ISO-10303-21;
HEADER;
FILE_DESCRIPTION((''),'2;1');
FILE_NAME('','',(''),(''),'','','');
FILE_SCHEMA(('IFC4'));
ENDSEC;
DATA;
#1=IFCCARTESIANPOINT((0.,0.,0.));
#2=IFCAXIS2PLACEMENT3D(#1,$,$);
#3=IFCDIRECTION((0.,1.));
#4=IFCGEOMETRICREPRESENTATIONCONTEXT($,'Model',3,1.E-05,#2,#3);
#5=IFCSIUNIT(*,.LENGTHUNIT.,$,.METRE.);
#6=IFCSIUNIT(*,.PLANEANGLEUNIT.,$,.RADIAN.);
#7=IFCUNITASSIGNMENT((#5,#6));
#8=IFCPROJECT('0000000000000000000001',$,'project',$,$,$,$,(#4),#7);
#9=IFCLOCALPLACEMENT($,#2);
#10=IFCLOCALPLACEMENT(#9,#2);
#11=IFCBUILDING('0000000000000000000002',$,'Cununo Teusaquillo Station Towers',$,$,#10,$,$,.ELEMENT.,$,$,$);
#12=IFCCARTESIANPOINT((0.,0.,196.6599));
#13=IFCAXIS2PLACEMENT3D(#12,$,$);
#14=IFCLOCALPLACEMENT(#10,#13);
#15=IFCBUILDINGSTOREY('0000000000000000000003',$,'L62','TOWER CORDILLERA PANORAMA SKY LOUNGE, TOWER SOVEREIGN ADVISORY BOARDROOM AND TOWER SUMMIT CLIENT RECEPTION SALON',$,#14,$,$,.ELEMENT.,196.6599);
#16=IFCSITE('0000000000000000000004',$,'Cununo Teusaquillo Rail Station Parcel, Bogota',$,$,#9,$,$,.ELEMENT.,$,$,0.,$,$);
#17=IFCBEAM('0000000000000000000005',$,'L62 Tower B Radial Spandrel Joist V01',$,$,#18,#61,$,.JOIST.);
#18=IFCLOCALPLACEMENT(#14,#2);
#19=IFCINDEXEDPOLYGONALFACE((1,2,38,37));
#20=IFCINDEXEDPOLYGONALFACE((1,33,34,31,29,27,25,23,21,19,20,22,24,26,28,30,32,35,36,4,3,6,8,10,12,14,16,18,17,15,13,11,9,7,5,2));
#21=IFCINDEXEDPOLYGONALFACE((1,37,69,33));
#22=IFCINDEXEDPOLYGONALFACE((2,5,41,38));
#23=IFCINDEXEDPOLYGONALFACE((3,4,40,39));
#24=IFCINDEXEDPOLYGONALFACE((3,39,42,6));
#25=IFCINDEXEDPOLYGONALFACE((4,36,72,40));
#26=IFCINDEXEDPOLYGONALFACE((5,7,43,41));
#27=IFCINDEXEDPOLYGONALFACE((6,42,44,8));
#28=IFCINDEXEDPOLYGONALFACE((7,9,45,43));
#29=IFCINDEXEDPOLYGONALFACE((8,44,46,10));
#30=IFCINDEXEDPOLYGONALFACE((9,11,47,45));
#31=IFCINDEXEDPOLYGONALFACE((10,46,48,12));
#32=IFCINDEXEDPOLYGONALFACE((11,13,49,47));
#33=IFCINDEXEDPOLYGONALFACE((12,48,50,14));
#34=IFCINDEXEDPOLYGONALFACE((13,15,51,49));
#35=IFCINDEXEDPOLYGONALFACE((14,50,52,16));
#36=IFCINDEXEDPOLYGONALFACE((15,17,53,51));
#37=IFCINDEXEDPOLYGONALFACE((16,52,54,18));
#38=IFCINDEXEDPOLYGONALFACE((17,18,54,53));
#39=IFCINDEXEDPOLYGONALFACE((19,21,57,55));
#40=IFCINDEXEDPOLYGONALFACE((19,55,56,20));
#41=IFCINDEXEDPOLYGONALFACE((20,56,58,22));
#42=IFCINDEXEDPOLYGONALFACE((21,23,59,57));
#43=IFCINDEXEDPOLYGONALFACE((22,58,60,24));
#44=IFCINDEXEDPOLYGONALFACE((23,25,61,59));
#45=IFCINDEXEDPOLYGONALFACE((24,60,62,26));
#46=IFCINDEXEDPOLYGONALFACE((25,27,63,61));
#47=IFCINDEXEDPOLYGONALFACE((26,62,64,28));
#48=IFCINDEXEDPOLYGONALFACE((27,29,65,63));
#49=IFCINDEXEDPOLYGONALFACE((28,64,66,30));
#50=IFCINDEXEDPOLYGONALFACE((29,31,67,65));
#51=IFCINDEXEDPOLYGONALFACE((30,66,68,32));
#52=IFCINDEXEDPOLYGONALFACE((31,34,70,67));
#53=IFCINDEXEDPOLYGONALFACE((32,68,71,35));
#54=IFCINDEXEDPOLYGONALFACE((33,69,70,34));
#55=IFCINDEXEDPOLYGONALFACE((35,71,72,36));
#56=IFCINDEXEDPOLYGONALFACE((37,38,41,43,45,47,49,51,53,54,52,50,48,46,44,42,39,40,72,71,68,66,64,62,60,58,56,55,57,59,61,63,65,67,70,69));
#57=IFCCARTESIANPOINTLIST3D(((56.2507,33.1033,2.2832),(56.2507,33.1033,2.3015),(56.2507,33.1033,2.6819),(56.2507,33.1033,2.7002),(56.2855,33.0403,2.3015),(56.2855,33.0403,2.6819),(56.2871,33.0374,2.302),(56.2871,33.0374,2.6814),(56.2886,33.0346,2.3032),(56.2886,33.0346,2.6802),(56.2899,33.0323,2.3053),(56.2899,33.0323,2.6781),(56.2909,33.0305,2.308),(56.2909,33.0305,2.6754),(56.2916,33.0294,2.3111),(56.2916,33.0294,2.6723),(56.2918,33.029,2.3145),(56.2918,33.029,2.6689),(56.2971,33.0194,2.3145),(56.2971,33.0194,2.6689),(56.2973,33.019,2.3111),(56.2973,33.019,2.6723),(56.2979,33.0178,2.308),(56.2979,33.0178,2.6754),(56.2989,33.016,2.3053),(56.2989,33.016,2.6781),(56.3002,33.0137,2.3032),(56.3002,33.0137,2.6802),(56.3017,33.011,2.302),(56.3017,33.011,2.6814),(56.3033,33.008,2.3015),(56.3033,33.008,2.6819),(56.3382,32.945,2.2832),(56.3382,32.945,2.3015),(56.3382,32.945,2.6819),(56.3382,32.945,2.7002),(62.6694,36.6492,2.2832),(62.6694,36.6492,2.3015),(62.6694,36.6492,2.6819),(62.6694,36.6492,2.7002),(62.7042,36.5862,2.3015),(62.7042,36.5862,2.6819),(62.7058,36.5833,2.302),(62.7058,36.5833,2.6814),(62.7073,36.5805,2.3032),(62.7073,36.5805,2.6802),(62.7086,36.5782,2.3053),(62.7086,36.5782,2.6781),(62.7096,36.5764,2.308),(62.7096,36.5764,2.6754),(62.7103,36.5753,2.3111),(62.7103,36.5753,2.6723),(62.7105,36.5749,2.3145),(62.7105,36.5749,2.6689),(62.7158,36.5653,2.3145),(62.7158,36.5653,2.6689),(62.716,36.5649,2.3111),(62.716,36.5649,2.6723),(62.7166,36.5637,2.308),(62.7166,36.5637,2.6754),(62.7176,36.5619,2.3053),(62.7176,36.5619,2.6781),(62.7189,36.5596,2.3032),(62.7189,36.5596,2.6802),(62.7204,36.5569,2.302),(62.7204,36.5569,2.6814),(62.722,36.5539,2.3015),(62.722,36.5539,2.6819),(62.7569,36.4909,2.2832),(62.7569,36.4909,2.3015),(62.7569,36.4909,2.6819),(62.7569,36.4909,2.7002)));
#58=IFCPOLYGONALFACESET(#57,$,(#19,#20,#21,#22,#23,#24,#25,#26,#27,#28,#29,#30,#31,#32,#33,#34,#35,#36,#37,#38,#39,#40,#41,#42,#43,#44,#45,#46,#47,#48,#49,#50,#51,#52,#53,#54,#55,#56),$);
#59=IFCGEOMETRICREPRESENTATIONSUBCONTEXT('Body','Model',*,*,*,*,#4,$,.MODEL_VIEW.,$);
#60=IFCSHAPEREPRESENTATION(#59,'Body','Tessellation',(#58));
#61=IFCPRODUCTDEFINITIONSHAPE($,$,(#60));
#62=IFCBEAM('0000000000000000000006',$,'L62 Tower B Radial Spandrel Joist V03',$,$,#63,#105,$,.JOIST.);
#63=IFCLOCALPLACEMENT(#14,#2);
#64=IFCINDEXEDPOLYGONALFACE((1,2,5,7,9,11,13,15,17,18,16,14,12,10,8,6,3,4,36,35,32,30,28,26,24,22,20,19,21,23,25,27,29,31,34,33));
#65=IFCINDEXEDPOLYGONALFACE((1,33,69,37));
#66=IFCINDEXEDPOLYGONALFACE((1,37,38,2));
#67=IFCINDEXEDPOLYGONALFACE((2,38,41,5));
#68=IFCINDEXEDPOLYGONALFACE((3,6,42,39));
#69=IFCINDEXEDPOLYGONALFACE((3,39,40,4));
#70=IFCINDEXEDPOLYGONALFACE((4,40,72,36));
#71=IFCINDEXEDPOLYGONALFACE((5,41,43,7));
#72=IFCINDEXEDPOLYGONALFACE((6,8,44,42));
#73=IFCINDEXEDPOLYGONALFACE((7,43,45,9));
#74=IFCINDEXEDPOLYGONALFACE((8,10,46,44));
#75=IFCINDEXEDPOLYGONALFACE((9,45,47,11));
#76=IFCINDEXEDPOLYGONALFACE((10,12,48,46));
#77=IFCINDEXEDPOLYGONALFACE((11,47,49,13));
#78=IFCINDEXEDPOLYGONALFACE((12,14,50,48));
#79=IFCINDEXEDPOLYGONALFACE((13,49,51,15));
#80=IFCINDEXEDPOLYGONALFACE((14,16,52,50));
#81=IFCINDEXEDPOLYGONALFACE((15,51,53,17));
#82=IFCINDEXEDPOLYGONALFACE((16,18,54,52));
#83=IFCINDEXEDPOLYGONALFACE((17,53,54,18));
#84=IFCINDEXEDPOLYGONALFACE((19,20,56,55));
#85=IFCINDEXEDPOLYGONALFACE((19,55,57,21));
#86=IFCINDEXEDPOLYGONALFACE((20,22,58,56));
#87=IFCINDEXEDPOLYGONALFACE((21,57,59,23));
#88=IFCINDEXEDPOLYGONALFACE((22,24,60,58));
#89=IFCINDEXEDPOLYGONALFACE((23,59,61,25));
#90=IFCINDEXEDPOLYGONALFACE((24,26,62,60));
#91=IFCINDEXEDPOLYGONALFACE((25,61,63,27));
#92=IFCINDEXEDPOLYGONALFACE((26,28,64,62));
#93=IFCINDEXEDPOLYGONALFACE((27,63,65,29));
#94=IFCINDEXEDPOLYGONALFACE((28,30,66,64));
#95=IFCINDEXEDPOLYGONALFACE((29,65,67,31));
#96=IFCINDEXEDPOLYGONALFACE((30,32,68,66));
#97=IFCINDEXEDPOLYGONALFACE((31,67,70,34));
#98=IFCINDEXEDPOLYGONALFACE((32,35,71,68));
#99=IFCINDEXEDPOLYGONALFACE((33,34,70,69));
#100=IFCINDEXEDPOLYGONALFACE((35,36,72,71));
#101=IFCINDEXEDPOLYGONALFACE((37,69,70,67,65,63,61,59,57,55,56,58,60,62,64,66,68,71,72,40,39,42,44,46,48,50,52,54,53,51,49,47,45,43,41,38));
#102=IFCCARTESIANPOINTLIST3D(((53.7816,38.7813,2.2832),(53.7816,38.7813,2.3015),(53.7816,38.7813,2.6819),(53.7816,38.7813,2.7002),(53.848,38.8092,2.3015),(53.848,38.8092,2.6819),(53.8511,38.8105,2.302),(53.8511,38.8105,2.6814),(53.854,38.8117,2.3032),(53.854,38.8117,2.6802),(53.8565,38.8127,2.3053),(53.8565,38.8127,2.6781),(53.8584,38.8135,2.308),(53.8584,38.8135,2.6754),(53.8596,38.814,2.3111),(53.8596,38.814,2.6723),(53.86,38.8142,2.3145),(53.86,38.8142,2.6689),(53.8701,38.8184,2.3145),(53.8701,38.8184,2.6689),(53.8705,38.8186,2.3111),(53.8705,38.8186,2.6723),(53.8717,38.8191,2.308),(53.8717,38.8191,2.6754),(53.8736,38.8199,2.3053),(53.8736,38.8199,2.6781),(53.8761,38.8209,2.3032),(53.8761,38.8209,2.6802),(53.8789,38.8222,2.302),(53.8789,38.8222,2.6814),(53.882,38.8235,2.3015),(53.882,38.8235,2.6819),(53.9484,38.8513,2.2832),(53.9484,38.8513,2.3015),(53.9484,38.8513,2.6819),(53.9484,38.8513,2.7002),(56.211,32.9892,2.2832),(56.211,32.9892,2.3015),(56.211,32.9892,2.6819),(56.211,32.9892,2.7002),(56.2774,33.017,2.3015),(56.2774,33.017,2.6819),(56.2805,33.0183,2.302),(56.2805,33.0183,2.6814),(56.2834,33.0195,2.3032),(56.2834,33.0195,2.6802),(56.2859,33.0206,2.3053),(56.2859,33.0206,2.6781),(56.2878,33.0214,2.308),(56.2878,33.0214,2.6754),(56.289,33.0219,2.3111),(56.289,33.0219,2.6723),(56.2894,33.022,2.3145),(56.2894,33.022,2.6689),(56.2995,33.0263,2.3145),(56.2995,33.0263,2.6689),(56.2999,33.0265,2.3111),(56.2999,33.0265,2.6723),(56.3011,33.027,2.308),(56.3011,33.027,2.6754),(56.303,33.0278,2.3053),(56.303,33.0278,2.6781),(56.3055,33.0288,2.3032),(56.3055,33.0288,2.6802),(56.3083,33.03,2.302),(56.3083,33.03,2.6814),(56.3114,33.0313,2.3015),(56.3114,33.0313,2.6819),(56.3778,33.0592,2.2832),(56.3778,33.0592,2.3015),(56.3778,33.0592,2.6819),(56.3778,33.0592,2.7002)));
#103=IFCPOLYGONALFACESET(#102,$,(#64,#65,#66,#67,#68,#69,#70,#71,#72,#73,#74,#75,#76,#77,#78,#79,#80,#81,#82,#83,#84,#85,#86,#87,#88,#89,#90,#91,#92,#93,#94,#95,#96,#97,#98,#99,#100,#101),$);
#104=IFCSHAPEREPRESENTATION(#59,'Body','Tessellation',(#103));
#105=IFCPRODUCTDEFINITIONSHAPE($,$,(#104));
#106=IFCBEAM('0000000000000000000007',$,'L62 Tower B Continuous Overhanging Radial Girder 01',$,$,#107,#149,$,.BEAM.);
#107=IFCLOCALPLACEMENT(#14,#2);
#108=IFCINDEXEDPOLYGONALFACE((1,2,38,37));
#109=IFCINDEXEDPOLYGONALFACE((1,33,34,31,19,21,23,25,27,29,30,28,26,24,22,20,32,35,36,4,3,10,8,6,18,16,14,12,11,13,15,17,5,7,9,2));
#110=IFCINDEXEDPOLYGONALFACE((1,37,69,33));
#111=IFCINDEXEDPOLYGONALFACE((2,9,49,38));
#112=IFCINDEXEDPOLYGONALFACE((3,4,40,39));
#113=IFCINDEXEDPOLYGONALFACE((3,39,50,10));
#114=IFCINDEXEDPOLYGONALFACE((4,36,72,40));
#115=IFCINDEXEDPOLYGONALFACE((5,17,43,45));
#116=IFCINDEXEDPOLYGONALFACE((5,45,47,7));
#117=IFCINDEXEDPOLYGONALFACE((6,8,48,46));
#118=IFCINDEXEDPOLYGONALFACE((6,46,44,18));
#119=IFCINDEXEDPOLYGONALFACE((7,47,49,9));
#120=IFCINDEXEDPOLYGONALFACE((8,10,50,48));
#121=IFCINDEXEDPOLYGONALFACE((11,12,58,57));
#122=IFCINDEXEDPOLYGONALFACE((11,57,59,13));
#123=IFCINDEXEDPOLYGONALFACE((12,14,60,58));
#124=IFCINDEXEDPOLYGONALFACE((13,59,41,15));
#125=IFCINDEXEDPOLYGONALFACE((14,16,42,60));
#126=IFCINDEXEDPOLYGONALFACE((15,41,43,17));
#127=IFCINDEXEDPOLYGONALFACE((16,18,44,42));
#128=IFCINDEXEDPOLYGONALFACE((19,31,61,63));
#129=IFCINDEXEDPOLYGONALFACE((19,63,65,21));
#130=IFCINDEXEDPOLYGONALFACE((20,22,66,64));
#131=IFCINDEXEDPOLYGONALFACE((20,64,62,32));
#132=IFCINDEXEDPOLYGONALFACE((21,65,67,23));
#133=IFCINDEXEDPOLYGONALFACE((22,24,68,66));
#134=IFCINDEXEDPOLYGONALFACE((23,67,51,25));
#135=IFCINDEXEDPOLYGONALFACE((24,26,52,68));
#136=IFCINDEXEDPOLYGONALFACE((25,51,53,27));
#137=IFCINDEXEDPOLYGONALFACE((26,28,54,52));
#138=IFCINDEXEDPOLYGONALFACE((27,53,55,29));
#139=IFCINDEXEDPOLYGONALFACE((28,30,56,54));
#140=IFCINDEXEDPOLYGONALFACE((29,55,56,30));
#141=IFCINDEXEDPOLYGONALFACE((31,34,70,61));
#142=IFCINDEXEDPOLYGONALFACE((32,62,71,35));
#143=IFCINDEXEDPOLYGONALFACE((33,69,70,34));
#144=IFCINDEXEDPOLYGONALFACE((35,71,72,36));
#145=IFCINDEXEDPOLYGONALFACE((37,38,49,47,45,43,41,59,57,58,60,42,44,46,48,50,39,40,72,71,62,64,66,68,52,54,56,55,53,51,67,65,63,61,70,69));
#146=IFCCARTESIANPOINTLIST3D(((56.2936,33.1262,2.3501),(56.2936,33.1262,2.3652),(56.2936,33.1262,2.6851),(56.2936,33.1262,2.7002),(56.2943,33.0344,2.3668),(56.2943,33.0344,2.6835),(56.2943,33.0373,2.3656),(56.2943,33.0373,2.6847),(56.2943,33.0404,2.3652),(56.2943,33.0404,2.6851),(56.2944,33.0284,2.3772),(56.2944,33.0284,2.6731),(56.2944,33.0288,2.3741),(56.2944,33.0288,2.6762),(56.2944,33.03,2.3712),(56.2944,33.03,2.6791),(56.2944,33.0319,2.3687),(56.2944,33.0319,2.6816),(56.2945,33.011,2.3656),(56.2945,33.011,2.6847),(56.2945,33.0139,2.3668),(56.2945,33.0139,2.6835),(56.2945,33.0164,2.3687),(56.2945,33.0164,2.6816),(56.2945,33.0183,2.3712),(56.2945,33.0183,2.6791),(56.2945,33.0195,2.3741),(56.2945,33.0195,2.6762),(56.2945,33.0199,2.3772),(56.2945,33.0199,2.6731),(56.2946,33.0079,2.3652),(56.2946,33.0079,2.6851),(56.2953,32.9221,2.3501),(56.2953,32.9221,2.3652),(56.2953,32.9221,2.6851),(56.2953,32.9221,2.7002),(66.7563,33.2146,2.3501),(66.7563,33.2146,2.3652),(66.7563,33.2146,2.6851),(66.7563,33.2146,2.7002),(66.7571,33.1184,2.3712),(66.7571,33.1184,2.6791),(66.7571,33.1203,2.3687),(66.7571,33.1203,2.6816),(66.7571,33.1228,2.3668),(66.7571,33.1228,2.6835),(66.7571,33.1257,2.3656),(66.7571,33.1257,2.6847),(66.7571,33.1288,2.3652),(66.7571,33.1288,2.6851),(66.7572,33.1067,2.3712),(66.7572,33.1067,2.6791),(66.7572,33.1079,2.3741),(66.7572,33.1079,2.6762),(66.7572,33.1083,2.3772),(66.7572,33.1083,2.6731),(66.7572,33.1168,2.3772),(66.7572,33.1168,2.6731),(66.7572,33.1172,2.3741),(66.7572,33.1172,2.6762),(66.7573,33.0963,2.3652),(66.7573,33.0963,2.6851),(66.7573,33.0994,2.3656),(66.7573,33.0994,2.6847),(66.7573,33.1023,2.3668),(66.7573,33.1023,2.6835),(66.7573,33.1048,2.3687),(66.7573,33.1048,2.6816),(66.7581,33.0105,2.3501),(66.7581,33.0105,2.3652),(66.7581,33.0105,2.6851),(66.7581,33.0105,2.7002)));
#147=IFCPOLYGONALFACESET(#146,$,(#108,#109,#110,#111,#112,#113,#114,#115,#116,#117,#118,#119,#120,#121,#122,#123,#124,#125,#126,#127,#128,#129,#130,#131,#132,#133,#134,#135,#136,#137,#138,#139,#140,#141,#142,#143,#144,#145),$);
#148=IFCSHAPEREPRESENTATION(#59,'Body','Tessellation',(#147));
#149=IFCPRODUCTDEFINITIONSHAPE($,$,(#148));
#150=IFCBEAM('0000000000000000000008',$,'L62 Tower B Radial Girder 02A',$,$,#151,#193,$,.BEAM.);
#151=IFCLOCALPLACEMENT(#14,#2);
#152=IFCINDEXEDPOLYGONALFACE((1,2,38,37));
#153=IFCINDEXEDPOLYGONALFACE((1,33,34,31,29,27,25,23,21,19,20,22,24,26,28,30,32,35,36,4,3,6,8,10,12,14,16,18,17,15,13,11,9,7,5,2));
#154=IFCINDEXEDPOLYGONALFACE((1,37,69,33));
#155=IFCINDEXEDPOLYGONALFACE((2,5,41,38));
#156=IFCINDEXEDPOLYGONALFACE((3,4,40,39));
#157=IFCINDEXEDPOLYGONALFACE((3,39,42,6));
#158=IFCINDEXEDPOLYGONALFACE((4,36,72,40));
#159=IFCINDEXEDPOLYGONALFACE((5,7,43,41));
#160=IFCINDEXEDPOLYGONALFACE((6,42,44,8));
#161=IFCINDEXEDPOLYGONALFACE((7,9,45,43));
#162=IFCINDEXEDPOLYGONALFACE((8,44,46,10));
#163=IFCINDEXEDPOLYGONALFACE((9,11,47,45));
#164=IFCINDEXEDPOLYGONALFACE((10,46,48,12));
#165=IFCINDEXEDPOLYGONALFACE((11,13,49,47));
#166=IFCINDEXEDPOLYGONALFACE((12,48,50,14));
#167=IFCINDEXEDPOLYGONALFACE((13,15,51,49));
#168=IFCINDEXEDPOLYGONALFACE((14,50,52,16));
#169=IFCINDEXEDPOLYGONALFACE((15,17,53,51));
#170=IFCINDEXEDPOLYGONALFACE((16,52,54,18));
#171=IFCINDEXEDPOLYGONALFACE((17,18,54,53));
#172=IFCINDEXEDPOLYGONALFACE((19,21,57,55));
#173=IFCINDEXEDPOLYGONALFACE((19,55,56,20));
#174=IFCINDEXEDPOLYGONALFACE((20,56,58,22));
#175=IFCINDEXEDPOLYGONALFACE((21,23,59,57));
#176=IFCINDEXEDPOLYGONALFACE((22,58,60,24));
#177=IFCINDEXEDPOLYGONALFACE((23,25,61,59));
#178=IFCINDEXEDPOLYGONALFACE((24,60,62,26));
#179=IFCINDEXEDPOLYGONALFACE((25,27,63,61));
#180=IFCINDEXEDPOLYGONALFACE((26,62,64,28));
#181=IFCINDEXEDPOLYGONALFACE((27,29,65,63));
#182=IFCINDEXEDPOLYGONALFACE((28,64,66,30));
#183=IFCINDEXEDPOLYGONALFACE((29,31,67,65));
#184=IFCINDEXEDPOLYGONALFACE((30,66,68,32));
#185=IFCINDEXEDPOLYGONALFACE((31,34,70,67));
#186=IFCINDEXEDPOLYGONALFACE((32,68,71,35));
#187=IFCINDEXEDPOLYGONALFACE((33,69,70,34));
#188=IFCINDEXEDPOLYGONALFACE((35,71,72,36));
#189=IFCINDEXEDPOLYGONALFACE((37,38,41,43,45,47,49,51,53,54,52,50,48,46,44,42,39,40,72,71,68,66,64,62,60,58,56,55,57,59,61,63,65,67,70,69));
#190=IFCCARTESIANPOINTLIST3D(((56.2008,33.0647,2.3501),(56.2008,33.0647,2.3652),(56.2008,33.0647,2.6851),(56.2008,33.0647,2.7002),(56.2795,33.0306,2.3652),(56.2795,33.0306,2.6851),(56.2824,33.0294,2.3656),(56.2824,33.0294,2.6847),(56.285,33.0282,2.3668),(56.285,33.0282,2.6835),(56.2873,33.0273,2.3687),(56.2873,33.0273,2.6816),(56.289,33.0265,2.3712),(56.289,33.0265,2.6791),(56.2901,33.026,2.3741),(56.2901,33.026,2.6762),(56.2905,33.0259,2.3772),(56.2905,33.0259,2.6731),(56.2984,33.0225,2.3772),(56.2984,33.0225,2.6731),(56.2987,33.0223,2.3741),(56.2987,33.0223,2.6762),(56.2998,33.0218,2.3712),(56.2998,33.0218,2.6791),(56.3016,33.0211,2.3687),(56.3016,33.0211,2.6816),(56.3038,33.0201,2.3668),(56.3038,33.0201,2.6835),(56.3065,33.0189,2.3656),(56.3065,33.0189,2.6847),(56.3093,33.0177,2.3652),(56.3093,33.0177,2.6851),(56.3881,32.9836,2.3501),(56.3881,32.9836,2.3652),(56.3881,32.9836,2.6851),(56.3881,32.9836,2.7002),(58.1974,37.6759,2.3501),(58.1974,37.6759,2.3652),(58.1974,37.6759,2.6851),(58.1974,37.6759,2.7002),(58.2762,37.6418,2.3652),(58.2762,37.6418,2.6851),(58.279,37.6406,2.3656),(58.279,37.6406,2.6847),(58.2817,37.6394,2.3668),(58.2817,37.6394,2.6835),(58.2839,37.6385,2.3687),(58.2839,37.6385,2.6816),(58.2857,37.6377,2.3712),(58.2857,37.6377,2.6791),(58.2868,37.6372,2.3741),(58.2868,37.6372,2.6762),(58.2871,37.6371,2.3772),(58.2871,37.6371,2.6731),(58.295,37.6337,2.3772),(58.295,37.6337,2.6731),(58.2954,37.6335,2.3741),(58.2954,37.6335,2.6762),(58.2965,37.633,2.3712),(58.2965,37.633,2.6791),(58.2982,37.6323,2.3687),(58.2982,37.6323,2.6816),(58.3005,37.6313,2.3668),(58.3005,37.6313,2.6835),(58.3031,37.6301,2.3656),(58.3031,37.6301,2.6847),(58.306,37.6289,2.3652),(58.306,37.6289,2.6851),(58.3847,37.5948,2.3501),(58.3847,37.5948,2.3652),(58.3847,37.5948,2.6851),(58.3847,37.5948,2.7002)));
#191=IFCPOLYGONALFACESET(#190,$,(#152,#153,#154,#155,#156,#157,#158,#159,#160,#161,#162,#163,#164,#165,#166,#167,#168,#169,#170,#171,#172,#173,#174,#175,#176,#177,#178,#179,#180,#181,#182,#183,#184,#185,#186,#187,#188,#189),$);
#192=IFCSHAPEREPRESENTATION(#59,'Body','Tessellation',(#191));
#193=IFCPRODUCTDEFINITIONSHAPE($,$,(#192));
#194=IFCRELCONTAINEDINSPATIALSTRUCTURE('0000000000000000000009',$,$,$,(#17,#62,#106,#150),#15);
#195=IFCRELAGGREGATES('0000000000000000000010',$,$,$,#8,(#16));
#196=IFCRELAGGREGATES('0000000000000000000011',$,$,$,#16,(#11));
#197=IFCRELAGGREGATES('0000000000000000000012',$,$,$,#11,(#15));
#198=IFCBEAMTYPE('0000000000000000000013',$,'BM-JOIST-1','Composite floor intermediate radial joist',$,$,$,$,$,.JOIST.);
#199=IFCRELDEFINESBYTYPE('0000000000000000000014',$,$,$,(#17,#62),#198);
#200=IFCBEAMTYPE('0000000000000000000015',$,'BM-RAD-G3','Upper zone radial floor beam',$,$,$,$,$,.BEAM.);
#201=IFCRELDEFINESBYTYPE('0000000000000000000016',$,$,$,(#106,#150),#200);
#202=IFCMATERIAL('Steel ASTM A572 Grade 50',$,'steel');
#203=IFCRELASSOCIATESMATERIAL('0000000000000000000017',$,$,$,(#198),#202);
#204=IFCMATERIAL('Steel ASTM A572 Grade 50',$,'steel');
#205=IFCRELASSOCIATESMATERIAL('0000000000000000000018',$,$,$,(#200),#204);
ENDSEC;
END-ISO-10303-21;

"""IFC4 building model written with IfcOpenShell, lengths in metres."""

from ifc_helpers import new_model, si_unit, direction, frame, origin, origin_2d, place, context, subcontext, project, spatial, i_section, extrude, material, material_profile, profile_set, type_object, element, save


model = new_model("IFC4")

# Units and contexts
model_context = context("Model", 3, precision=1e-05, world=origin(), true_north=direction((0.0, 1.0)))
body_context = subcontext(model_context, "Body", "Model", "MODEL_VIEW")
ifc_project = project(units=[si_unit("LENGTHUNIT", "METRE"), si_unit("PLANEANGLEUNIT", "RADIAN")], contexts=[model_context])

# Site, building, storey
site_placement = place(None, origin())
site = spatial("IfcSite", under=ifc_project, at=site_placement, Name="Cununo Teusaquillo Rail Station Parcel, Bogota", CompositionType="ELEMENT", RefElevation=0.0)
building_placement = place(site_placement, origin())
building = spatial("IfcBuilding", under=site, at=building_placement, Name="Cununo Teusaquillo Station Towers", CompositionType="ELEMENT")
storey_placement = place(building_placement, frame((0.0, 0.0, 196.6599)))
storey = spatial("IfcBuildingStorey", under=building, at=storey_placement, Name="L62", Description="TOWER CORDILLERA PANORAMA SKY LOUNGE, TOWER SOVEREIGN ADVISORY BOARDROOM AND TOWER SUMMIT CLIENT RECEPTION SALON", CompositionType="ELEMENT", Elevation=196.6599)

# Beams
ifc_material_1 = material(Name="Steel ASTM A572 Grade 50", Category="steel")
ifc_material_profile_1 = material_profile(ifc_material_1, i_section(OverallWidth=0.1809, OverallDepth=0.417, WebThickness=0.011, FlangeThickness=0.0183, FilletRadius=0.0129, at=origin_2d()), Name="W16X57")
ifc_profile_set_1 = profile_set([ifc_material_profile_1], Name="Steel ASTM A572 Grade 50")
beam_type_1 = type_object("IfcBeamType", Name="BM-JOIST-1", Description="Composite floor intermediate radial joist", PredefinedType="JOIST", material=ifc_profile_set_1)
beam_1_placement = place(storey_placement, frame((56.2944, 33.0242, 2.4917), z_axis=(0.875315, 0.483553, 0.0), x_axis=(-0.483553, 0.875315, 0.0)))
element("IfcBeam", 1, at=beam_1_placement, inside=storey, type_object=beam_type_1, Name="L62 Tower B Radial Spandrel Joist V01", PredefinedType="JOIST", context=body_context, shape_type="SweptSolid", body=[
    extrude(i_section(OverallWidth=0.1809, OverallDepth=0.417, WebThickness=0.011, FlangeThickness=0.0183, FilletRadius=0.0129, at=origin_2d()), origin(), (0.0, 0.0, 1.0), 7.333),
])
beam_2_placement = place(storey_placement, frame((56.2944, 33.0242, 2.4917), z_axis=(-0.386786, 0.922169, 0.0), x_axis=(-0.922169, -0.386786, 0.0)))
element("IfcBeam", 2, at=beam_2_placement, inside=storey, type_object=beam_type_1, Name="L62 Tower B Radial Spandrel Joist V03", PredefinedType="JOIST", context=body_context, shape_type="SweptSolid", body=[
    extrude(i_section(OverallWidth=0.1809, OverallDepth=0.417, WebThickness=0.011, FlangeThickness=0.0183, FilletRadius=0.0129, at=origin_2d()), origin(), (0.0, 0.0, 1.0), 6.281),
])
ifc_material_2 = material(Name="Steel ASTM A572 Grade 50", Category="steel")
ifc_material_profile_2 = material_profile(ifc_material_2, i_section(OverallWidth=0.2041, OverallDepth=0.3501, WebThickness=0.0085, FlangeThickness=0.0151, FilletRadius=0.012, at=origin_2d()), Name="W14X48")
ifc_profile_set_2 = profile_set([ifc_material_profile_2], Name="Steel ASTM A572 Grade 50")
beam_type_2 = type_object("IfcBeamType", Name="BM-RAD-G3", Description="Upper zone radial floor beam", PredefinedType="BEAM", material=ifc_profile_set_2)
beam_3_placement = place(storey_placement, frame((56.2944, 33.0242, 2.5251), z_axis=(0.999964, 0.008447, 0.0), x_axis=(-0.008447, 0.999964, 0.0)))
element("IfcBeam", 3, at=beam_3_placement, inside=storey, type_object=beam_type_2, Name="L62 Tower B Continuous Overhanging Radial Girder 01", PredefinedType="BEAM", context=body_context, shape_type="SweptSolid", body=[
    extrude(i_section(OverallWidth=0.2041, OverallDepth=0.3501, WebThickness=0.0085, FlangeThickness=0.0151, FilletRadius=0.012, at=origin_2d()), origin(), (0.0, 0.0, 1.0), 10.4631),
])
beam_4_placement = place(storey_placement, frame((56.2944, 33.0242, 2.5251), z_axis=(0.397347, 0.917668, 0.0), x_axis=(-0.917668, 0.397347, 0.0)))
element("IfcBeam", 4, at=beam_4_placement, inside=storey, type_object=beam_type_2, Name="L62 Tower B Radial Girder 02A", PredefinedType="BEAM", context=body_context, shape_type="SweptSolid", body=[
    extrude(i_section(OverallWidth=0.2041, OverallDepth=0.3501, WebThickness=0.0085, FlangeThickness=0.0151, FilletRadius=0.012, at=origin_2d()), origin(), (0.0, 0.0, 1.0), 5.0249),
])

save(model, "model.ifc")
